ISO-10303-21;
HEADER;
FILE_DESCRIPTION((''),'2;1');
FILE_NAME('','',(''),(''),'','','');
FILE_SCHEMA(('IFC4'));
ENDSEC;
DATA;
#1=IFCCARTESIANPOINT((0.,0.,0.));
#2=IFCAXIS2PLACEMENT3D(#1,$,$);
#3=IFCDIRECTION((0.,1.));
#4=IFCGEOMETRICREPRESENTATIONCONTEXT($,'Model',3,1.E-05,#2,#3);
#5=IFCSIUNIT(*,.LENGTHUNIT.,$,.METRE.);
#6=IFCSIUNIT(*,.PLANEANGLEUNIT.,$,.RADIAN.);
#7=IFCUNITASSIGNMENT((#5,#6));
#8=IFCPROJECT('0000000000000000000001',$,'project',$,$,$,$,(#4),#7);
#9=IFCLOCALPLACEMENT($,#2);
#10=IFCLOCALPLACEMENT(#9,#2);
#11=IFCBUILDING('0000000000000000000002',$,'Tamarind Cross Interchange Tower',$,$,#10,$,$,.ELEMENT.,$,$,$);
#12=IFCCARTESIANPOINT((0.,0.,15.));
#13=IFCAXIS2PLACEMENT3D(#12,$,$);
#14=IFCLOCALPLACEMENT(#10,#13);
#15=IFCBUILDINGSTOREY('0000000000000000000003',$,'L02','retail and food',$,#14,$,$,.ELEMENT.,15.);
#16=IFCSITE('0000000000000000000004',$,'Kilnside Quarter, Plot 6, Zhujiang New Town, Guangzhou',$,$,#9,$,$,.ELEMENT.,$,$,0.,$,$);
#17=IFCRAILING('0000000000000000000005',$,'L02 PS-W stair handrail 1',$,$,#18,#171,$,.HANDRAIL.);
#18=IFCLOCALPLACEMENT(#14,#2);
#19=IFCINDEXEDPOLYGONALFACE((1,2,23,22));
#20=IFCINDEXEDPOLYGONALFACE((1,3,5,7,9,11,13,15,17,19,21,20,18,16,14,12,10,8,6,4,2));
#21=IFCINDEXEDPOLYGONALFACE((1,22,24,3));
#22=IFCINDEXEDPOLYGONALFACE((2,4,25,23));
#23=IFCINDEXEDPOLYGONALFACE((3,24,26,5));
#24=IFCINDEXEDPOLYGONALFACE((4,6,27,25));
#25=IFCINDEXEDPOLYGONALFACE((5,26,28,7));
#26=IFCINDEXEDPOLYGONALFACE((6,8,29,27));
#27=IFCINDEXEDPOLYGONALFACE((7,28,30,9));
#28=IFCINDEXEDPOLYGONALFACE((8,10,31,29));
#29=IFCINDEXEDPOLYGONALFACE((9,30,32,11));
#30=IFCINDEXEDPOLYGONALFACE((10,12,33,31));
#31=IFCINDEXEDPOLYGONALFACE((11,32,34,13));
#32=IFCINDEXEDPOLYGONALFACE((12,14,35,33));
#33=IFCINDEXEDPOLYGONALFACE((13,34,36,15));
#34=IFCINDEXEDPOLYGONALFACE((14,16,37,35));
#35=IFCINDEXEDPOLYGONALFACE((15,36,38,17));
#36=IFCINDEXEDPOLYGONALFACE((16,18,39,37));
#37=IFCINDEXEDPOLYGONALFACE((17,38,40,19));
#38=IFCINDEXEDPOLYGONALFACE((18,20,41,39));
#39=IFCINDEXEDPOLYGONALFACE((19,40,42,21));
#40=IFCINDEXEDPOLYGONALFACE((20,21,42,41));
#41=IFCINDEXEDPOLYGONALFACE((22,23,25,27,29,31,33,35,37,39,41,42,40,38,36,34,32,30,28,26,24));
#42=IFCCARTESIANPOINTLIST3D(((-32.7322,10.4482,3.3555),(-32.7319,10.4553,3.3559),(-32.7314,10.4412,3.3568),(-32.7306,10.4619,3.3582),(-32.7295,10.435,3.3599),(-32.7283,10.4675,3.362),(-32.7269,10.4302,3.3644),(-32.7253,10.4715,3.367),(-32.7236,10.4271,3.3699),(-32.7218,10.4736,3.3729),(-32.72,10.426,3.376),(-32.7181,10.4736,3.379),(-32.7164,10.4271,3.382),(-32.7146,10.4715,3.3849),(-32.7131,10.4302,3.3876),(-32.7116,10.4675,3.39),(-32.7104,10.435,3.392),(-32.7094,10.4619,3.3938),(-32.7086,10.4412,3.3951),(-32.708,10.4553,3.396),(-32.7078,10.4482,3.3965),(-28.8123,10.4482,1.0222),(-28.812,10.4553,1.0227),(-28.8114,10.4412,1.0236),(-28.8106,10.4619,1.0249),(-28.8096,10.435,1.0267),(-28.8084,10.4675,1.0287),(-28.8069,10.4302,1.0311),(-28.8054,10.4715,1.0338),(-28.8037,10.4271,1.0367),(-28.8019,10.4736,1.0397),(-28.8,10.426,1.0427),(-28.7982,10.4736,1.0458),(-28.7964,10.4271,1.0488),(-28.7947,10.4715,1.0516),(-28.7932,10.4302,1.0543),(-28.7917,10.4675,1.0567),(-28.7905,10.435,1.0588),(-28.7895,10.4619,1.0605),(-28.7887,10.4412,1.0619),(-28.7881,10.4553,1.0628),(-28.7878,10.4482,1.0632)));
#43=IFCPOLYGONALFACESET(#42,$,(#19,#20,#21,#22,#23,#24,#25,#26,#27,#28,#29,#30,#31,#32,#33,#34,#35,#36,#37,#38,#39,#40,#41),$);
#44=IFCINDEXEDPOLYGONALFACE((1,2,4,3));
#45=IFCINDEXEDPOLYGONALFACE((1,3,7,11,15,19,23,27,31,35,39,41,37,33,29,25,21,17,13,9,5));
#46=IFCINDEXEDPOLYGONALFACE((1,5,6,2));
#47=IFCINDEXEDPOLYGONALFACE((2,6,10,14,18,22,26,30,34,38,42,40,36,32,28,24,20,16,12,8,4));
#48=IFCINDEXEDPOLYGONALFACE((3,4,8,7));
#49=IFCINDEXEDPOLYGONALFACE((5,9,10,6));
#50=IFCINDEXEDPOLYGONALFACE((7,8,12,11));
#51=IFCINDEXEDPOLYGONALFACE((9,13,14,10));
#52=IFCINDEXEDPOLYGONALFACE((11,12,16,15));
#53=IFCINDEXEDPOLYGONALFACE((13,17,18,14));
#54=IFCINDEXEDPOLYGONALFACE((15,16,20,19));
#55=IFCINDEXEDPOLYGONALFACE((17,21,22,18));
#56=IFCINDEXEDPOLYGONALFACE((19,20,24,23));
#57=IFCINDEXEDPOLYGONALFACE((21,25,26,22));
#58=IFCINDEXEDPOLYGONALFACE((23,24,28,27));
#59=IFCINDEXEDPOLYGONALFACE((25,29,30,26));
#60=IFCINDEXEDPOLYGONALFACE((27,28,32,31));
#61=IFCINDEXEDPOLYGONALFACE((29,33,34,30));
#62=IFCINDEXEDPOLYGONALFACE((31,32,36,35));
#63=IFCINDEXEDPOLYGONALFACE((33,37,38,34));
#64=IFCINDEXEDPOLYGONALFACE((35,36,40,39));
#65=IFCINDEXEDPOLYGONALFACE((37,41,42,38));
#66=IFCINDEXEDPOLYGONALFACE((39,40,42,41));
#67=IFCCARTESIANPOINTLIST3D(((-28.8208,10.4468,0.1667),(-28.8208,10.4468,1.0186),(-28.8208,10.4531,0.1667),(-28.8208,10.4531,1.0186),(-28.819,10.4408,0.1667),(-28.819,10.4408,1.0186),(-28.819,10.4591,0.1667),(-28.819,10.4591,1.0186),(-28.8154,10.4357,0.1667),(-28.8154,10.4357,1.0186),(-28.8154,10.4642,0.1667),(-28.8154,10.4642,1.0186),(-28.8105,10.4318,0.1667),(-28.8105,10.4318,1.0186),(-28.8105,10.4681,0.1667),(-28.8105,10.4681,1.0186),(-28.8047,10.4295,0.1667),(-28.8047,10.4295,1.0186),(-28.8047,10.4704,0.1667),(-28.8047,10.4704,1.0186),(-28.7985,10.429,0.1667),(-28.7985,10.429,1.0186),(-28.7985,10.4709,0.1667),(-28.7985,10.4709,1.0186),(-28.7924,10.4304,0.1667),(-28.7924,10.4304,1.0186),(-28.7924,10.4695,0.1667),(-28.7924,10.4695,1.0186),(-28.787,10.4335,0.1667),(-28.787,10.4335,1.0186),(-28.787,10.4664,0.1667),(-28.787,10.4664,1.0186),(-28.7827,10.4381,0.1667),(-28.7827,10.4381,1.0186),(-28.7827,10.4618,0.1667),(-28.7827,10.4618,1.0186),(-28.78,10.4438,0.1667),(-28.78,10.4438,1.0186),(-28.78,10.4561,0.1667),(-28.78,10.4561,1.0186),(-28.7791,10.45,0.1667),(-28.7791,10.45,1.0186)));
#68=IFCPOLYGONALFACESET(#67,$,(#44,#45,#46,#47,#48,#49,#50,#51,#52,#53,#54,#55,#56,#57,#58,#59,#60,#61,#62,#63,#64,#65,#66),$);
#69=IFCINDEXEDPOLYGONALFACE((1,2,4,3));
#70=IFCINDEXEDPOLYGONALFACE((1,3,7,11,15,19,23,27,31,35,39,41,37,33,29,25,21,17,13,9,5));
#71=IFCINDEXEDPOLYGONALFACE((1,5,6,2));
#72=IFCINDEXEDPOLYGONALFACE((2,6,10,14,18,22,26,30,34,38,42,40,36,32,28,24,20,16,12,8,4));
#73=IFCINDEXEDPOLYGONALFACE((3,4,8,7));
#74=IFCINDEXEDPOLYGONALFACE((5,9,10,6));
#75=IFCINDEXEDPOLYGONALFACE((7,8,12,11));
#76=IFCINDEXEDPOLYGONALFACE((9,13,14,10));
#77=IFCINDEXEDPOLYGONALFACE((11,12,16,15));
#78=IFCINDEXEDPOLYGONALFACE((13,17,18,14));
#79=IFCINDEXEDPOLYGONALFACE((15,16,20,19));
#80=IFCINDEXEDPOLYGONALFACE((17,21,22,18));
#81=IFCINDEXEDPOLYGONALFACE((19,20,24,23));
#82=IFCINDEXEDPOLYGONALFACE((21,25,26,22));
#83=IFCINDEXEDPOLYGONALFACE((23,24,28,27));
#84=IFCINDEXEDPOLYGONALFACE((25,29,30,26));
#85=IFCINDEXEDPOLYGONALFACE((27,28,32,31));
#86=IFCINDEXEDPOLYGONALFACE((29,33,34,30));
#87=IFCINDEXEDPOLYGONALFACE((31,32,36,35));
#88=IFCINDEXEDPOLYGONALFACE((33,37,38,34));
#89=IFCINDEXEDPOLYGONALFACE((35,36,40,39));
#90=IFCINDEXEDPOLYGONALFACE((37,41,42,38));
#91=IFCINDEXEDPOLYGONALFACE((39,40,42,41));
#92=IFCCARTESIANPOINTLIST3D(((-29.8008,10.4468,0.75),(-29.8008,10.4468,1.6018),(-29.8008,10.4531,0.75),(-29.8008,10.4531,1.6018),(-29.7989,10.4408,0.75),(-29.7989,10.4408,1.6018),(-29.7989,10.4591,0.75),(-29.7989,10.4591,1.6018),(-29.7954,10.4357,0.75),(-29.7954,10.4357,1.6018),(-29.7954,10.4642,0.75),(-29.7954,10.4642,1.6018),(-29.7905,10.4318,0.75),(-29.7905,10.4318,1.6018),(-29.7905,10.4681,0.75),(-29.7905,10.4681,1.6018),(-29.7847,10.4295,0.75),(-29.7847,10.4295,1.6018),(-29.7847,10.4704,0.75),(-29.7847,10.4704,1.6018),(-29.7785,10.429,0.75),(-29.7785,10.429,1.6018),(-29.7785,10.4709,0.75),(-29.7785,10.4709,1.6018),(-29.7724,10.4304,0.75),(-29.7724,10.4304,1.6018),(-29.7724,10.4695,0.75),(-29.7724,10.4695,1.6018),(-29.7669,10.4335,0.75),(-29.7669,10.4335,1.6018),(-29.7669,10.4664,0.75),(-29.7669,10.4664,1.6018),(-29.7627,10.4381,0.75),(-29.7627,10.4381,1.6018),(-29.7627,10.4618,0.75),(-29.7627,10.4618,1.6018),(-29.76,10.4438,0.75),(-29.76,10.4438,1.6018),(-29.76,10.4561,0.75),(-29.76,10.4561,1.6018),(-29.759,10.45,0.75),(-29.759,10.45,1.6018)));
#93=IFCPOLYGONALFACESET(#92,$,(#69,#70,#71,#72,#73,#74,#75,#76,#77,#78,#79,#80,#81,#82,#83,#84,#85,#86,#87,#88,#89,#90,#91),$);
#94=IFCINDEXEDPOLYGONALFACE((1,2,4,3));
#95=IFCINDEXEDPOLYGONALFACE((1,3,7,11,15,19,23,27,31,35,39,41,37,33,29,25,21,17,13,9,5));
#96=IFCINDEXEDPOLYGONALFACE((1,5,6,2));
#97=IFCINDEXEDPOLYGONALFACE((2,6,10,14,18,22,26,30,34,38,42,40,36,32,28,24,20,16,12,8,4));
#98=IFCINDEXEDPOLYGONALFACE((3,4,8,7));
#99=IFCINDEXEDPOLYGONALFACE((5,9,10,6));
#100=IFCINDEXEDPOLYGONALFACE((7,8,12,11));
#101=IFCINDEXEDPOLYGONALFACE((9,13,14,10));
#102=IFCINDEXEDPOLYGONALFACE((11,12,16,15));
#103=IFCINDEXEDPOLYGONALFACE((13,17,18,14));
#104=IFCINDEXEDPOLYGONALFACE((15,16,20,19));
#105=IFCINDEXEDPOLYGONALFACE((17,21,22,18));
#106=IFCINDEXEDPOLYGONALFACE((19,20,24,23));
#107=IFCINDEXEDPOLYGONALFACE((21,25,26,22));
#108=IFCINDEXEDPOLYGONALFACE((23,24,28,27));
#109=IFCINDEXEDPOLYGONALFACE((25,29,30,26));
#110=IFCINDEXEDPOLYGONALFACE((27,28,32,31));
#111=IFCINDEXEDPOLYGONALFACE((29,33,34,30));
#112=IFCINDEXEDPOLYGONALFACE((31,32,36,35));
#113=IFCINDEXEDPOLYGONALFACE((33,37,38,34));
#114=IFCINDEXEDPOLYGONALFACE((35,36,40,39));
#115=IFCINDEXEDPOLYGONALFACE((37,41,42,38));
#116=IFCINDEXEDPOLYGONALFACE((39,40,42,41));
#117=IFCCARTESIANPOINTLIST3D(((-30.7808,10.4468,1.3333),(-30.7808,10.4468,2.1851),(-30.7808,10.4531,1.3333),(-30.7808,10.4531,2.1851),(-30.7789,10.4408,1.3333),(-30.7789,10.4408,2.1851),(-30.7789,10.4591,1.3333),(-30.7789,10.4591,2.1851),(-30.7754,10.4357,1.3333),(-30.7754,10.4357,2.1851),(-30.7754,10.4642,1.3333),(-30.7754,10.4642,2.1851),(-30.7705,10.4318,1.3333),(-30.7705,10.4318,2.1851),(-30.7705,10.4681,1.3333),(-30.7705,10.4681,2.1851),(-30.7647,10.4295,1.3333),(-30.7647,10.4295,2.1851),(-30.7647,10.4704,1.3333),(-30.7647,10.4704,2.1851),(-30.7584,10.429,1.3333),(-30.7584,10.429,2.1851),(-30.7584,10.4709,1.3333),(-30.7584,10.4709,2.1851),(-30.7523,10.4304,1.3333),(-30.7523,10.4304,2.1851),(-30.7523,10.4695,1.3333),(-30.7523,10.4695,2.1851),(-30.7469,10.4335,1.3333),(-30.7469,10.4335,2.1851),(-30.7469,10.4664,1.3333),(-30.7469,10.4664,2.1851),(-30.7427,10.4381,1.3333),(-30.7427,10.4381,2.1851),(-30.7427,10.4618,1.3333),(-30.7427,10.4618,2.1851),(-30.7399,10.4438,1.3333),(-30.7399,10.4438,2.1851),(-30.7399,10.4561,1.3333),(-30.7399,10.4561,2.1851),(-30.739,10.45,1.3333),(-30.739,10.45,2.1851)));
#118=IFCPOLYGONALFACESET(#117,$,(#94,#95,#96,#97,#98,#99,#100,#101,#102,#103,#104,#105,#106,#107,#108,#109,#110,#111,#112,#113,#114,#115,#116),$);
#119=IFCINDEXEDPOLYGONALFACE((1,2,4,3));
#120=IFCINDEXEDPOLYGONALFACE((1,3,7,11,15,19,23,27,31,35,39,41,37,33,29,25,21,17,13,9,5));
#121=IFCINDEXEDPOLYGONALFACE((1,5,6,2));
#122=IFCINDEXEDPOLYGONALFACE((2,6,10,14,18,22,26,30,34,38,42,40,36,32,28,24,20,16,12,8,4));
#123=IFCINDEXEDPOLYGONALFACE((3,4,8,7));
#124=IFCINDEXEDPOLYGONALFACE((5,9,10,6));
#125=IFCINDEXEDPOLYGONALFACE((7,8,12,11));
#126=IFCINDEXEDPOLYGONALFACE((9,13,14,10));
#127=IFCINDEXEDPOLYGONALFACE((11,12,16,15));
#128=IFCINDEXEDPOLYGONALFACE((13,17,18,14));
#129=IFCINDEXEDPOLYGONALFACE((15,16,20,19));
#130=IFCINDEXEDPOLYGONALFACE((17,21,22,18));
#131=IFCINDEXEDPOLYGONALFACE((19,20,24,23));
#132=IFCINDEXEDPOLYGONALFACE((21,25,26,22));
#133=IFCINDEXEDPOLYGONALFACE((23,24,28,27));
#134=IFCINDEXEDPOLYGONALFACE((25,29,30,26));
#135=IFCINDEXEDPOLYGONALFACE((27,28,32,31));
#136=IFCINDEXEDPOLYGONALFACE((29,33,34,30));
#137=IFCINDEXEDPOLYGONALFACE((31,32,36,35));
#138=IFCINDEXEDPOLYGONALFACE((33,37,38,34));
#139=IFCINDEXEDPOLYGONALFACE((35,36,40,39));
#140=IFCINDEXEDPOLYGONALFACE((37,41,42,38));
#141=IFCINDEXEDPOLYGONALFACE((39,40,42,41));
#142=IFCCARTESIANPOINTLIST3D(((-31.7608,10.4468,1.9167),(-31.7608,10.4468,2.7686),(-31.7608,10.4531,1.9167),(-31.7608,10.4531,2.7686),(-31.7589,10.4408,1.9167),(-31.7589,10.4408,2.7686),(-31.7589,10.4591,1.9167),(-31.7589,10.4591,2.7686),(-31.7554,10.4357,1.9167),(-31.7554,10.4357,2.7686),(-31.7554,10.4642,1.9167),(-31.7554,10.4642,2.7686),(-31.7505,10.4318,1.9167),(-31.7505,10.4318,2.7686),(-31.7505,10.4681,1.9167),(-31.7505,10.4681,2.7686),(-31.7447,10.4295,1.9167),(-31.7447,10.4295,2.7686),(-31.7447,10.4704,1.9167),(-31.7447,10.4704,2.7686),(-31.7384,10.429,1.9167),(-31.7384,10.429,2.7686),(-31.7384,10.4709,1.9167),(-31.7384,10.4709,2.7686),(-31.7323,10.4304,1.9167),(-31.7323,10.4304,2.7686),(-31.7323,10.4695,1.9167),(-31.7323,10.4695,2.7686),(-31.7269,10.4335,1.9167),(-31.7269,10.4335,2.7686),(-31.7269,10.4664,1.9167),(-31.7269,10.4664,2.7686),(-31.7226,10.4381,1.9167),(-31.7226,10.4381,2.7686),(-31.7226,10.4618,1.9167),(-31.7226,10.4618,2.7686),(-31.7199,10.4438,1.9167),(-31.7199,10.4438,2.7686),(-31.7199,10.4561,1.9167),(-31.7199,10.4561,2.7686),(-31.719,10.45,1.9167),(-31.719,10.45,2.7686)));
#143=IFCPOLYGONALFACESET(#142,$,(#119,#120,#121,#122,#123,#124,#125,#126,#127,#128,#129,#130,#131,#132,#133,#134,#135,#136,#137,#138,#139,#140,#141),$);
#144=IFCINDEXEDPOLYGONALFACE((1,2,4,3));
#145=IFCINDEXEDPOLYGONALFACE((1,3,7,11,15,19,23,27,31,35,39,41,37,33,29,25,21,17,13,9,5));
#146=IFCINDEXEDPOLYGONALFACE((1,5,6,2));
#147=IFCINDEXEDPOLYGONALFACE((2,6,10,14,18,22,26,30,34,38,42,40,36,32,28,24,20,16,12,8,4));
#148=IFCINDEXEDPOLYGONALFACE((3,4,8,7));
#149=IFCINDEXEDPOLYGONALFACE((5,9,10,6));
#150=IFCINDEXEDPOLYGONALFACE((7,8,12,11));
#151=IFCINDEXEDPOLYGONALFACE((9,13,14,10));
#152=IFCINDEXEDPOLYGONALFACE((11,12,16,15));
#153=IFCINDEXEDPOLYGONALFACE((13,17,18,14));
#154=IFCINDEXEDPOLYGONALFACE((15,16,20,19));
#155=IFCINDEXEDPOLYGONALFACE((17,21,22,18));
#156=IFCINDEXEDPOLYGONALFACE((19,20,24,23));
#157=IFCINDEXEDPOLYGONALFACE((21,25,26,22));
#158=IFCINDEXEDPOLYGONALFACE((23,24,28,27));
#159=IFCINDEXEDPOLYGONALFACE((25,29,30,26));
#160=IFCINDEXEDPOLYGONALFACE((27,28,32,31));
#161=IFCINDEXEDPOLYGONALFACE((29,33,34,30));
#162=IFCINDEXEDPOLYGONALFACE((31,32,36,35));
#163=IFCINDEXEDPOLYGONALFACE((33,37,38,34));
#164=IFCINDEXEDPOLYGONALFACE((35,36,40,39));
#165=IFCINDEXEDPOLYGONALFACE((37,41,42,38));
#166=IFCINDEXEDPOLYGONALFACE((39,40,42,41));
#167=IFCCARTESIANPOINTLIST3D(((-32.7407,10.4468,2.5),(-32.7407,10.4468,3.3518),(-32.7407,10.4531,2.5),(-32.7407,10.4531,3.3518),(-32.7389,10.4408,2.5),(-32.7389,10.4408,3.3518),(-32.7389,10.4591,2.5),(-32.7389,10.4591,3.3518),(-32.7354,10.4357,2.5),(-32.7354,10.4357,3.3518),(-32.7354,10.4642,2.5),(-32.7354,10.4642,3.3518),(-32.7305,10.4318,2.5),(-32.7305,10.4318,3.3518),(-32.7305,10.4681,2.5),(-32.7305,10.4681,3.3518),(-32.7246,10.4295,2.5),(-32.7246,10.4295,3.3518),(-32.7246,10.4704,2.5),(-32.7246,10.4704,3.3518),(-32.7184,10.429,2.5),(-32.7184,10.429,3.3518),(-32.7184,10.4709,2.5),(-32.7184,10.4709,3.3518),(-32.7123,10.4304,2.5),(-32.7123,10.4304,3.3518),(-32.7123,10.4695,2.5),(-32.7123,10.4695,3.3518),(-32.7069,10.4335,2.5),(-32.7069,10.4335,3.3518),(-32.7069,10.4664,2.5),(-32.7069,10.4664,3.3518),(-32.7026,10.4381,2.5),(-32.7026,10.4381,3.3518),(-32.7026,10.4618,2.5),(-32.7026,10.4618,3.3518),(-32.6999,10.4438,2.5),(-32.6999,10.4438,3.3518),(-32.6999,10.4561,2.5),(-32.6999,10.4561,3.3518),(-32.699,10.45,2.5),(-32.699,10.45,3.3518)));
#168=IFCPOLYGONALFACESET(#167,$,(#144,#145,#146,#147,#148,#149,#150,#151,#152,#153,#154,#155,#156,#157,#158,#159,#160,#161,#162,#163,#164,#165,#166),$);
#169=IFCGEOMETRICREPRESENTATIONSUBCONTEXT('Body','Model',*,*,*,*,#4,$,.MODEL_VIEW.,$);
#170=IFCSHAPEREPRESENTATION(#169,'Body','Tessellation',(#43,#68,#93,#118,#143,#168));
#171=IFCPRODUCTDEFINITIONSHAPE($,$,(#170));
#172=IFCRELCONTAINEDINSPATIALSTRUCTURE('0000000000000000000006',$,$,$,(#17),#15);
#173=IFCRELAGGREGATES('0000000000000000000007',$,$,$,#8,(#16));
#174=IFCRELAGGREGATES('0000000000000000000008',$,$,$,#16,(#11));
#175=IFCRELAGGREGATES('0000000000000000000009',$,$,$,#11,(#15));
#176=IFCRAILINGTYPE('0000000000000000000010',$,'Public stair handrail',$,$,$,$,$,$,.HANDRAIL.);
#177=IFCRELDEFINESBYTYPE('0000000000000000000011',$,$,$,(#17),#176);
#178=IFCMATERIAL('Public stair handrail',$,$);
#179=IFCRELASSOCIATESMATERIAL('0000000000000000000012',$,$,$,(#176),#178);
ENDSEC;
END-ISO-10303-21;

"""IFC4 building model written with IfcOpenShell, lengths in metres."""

from ifc_helpers import new_model, si_unit, direction, frame, origin, origin_2d, place, context, subcontext, project, spatial, circle, extrude, material, type_object, element, save


model = new_model("IFC4")

# Units and contexts
model_context = context("Model", 3, precision=1e-05, world=origin(), true_north=direction((0.0, 1.0)))
body_context = subcontext(model_context, "Body", "Model", "MODEL_VIEW")
ifc_project = project(units=[si_unit("LENGTHUNIT", "METRE"), si_unit("PLANEANGLEUNIT", "RADIAN")], contexts=[model_context])

# Site, building, storey
site_placement = place(None, origin())
site = spatial("IfcSite", under=ifc_project, at=site_placement, Name="Kilnside Quarter, Plot 6, Zhujiang New Town, Guangzhou", CompositionType="ELEMENT", RefElevation=0.0)
building_placement = place(site_placement, origin())
building = spatial("IfcBuilding", under=site, at=building_placement, Name="Tamarind Cross Interchange Tower", CompositionType="ELEMENT")
storey_placement = place(building_placement, frame((0.0, 0.0, 15.0)))
storey = spatial("IfcBuildingStorey", under=building, at=storey_placement, Name="L02", Description="retail and food", CompositionType="ELEMENT", Elevation=15.0)

# Railing
ifc_material_1 = material(Name="Public stair handrail")
railing_type_1 = type_object("IfcRailingType", Name="Public stair handrail", PredefinedType="HANDRAIL", material=ifc_material_1)
railing_1_placement = place(storey_placement, frame((-28.8, 10.45, 0.1667)))
element("IfcRailing", 1, at=railing_1_placement, inside=storey, type_object=railing_type_1, Name="L02 PS-W stair handrail 1", PredefinedType="HANDRAIL", context=body_context, shape_type="SweptSolid", body=[
    extrude(circle(Radius=0.0239, at=origin_2d()), frame((0.0, 0.0, 0.876), z_axis=(-0.859296, 0.0, 0.511478), x_axis=(0.0, -1.0, 0.0)), (0.0, 0.0, 1.0), 4.5618),
    extrude(circle(Radius=0.021, at=origin_2d()), origin(), (0.0, 0.0, 1.0), 0.8518),
    extrude(circle(Radius=0.021, at=origin_2d()), frame((-0.98, 0.0, 0.5833)), (0.0, 0.0, 1.0), 0.8518),
    extrude(circle(Radius=0.021, at=origin_2d()), frame((-1.96, 0.0, 1.1665)), (0.0, 0.0, 1.0), 0.8518),
    extrude(circle(Radius=0.021, at=origin_2d()), frame((-2.9399, 0.0, 1.75)), (0.0, 0.0, 1.0), 0.8518),
    extrude(circle(Radius=0.021, at=origin_2d()), frame((-3.9199, 0.0, 2.3333)), (0.0, 0.0, 1.0), 0.8518),
])

save(model, "model.ifc")
